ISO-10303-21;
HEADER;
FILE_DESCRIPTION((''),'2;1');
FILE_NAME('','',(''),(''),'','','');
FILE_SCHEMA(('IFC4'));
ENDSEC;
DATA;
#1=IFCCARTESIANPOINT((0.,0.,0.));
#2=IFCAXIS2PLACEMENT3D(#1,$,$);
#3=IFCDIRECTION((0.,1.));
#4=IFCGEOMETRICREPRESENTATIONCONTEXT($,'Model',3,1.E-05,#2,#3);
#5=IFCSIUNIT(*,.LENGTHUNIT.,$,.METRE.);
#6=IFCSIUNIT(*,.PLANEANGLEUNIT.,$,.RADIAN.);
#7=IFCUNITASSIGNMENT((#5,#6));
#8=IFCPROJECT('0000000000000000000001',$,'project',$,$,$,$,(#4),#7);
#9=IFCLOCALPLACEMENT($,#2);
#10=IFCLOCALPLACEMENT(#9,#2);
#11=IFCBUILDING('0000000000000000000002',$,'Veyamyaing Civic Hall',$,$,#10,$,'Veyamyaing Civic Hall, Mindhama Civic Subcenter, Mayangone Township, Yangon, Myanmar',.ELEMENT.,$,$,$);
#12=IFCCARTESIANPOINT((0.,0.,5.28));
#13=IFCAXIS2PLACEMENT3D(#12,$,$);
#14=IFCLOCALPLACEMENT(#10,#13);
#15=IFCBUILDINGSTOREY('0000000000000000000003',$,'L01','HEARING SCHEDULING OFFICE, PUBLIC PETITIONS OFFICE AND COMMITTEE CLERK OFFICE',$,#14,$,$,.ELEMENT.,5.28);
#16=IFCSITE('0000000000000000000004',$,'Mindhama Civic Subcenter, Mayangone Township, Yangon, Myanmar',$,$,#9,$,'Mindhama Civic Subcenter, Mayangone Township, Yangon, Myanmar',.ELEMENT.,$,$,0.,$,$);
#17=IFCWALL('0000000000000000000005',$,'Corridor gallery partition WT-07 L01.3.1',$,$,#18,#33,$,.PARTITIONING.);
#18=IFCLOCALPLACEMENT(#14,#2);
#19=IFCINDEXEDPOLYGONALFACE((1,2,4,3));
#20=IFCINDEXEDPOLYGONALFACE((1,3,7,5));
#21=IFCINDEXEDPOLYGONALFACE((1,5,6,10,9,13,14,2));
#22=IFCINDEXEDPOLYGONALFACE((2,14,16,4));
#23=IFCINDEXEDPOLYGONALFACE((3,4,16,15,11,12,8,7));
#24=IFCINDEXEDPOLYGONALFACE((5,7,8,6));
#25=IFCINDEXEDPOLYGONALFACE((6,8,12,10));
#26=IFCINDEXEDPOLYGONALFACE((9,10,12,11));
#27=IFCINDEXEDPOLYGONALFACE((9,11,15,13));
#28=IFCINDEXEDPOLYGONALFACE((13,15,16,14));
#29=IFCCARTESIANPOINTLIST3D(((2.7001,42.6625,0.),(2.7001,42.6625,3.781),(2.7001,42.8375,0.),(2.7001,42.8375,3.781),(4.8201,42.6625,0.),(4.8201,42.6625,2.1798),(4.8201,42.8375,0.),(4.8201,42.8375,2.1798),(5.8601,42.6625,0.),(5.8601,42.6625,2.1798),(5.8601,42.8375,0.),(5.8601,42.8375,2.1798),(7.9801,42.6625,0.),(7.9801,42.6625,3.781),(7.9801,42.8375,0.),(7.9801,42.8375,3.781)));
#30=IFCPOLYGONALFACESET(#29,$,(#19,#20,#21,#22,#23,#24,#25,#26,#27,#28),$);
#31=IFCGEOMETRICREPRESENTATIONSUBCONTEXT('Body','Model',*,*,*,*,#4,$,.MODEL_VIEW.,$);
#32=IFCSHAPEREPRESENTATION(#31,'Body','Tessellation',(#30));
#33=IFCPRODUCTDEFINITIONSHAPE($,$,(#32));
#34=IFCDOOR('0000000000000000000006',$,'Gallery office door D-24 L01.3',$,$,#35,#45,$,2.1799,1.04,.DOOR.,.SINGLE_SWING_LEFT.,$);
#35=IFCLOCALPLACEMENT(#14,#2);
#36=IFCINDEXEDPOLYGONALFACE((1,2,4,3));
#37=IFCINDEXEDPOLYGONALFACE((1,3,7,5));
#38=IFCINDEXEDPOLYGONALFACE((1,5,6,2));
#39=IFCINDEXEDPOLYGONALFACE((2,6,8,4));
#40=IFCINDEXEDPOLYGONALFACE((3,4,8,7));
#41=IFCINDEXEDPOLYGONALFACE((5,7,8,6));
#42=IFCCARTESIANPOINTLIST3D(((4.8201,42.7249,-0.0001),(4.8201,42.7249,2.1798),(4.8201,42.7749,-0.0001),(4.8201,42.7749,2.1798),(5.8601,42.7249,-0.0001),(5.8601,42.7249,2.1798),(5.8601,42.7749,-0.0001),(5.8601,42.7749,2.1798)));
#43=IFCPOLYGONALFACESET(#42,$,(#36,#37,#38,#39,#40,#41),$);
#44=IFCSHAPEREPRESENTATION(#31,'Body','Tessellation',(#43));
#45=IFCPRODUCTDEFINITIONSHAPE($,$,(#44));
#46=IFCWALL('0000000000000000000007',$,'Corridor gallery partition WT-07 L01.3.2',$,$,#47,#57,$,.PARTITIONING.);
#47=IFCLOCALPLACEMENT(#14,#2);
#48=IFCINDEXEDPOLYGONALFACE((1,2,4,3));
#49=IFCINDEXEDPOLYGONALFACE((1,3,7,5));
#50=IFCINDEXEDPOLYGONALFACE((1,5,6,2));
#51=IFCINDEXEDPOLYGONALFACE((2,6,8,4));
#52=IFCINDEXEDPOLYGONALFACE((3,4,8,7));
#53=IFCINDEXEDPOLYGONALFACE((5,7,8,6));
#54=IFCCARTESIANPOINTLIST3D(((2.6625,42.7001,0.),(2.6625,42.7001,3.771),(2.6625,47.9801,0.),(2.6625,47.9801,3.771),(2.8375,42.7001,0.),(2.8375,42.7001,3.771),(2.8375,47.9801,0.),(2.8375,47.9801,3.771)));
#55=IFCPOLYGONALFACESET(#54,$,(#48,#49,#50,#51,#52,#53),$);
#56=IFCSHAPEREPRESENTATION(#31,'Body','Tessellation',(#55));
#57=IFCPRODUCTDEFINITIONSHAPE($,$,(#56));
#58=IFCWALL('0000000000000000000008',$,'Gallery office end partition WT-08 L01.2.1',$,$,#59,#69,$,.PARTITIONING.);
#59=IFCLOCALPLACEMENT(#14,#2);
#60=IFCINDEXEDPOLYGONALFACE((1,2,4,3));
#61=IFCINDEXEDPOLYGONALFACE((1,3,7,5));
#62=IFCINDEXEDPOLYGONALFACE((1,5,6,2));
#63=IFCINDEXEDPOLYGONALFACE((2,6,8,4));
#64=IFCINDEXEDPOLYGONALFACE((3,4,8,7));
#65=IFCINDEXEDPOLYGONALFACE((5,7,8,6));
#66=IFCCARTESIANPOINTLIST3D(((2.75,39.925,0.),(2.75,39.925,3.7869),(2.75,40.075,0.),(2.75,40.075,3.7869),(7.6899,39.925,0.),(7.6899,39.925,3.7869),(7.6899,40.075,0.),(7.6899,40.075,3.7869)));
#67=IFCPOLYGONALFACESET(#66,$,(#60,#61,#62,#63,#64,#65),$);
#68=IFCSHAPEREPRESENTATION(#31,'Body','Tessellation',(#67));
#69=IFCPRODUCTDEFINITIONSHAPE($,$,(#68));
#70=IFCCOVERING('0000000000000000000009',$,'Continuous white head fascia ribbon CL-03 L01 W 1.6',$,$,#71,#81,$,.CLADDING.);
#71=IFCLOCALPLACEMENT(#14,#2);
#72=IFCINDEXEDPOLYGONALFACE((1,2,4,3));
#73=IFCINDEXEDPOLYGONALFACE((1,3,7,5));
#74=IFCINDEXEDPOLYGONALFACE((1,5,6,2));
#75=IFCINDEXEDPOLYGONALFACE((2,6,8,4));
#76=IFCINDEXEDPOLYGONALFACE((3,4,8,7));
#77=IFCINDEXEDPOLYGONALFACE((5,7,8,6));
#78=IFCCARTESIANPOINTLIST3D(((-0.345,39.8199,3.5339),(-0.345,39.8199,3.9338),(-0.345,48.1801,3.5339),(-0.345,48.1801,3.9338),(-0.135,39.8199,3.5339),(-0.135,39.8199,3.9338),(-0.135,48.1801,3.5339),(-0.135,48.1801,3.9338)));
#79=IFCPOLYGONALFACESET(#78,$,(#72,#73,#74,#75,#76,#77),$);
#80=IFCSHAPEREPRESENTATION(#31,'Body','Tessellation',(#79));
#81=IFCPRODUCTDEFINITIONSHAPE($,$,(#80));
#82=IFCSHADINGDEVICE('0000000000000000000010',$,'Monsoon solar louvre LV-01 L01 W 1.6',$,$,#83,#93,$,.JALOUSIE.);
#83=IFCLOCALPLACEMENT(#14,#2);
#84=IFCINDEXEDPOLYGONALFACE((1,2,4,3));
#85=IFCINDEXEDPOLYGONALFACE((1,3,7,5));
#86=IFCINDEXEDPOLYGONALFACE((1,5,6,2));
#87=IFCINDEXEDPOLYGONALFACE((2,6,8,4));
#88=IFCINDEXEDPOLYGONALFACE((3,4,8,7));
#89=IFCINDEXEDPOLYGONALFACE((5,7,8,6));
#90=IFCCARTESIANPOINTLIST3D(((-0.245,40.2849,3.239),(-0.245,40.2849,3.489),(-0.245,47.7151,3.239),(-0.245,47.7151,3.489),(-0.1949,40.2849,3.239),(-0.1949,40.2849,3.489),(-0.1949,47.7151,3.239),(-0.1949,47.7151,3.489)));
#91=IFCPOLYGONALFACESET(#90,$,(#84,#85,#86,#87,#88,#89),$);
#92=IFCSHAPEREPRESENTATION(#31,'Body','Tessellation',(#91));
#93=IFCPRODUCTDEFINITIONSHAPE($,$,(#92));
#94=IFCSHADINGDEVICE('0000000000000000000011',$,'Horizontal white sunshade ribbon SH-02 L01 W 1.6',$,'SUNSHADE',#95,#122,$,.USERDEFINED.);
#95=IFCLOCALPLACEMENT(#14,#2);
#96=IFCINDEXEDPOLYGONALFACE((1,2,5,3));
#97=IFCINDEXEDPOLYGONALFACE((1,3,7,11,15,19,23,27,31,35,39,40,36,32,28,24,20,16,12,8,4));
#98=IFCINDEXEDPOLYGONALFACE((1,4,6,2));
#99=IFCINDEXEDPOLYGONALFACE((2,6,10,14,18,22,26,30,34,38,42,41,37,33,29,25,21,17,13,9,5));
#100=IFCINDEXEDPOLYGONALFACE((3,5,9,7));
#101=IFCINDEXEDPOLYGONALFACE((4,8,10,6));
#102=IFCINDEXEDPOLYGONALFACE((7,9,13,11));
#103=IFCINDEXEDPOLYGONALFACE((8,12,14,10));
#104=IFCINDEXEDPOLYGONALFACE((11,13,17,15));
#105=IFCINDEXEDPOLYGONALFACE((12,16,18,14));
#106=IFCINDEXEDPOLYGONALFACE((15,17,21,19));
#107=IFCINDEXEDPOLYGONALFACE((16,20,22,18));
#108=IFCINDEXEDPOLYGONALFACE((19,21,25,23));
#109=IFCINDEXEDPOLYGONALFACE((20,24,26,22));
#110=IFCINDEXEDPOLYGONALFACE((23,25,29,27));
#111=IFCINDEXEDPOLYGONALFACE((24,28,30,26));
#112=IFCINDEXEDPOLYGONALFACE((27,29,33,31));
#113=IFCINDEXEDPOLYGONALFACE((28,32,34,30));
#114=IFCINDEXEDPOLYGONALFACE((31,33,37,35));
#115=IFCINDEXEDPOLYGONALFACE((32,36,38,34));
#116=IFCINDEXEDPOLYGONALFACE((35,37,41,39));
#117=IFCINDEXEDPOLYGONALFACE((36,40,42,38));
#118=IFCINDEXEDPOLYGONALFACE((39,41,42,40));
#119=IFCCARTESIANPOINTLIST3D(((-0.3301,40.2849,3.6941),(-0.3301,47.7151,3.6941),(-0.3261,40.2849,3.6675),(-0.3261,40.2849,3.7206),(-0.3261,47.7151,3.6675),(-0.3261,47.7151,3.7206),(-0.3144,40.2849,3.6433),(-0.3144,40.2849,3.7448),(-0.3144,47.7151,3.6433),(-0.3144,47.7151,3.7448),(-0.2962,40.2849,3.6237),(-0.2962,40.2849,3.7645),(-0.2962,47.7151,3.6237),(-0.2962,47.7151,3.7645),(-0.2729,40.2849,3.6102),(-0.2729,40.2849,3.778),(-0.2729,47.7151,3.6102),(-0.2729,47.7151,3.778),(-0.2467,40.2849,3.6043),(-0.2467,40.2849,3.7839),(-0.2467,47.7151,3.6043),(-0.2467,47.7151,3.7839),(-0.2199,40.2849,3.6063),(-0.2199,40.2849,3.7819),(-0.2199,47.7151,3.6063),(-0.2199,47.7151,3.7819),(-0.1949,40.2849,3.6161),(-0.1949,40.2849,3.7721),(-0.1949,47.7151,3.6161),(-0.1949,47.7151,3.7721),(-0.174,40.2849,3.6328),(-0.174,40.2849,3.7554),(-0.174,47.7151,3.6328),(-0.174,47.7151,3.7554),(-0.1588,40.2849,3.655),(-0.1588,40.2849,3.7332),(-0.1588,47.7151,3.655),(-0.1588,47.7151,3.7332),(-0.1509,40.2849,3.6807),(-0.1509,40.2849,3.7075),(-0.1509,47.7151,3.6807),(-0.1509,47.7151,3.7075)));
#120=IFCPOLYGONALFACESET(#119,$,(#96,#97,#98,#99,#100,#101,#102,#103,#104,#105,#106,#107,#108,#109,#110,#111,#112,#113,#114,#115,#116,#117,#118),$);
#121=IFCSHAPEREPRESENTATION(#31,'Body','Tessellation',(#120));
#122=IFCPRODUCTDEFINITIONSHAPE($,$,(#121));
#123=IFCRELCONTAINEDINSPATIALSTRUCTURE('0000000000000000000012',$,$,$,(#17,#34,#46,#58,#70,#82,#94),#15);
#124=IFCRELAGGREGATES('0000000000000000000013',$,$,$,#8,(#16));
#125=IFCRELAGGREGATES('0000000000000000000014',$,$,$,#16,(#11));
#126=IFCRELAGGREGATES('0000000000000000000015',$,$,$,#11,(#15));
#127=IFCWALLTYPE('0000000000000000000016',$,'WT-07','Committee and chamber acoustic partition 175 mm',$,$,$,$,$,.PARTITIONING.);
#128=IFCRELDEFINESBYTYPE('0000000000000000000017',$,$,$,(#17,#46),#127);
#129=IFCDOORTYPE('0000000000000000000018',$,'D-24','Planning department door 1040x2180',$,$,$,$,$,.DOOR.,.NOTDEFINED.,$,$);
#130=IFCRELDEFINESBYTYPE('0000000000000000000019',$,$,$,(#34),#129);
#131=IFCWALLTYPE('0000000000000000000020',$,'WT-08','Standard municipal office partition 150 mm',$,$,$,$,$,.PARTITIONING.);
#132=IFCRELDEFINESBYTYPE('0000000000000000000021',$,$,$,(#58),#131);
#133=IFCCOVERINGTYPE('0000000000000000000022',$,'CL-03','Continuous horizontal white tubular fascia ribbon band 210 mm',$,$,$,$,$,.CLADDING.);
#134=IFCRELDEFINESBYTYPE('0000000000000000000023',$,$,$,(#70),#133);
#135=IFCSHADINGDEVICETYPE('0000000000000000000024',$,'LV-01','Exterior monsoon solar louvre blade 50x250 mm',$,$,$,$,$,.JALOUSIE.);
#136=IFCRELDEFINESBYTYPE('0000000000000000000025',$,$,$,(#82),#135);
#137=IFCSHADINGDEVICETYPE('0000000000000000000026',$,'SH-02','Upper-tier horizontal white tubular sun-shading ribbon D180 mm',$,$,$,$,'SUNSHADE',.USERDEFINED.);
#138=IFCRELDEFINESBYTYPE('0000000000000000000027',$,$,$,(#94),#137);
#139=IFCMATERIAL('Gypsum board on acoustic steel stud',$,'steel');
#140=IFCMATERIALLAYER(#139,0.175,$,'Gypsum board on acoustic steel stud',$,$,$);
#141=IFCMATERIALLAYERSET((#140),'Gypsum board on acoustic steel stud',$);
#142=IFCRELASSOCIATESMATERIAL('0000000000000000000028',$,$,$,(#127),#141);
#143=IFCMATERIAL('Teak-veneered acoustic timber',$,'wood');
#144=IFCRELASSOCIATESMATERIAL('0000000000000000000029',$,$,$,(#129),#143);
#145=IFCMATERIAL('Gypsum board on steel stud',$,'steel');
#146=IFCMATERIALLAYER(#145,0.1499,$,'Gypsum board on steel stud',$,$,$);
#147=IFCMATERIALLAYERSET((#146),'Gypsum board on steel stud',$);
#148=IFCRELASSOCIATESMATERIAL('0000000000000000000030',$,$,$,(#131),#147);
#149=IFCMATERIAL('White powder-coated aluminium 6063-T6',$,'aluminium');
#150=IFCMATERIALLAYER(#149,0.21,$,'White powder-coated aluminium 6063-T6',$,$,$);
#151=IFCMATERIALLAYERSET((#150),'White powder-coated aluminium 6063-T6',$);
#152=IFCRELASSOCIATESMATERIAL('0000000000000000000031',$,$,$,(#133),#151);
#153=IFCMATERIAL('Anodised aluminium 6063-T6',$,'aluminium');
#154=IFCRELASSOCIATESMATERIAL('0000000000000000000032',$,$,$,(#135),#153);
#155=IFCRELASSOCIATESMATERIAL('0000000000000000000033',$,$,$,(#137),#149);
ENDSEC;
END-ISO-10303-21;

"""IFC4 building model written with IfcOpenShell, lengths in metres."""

from ifc_helpers import new_model, si_unit, direction, frame, frame_2d, origin, origin_2d, place, context, subcontext, project, spatial, rectangle, circle, extrude, material, layer, layer_set, material_profile, profile_set, type_object, element, fill, save


model = new_model("IFC4")

# Units and contexts
model_context = context("Model", 3, precision=1e-05, world=origin(), true_north=direction((0.0, 1.0)))
body_context = subcontext(model_context, "Body", "Model", "MODEL_VIEW")
ifc_project = project(units=[si_unit("LENGTHUNIT", "METRE"), si_unit("PLANEANGLEUNIT", "RADIAN")], contexts=[model_context])

# Site, building, storey
site_placement = place(None, origin())
site = spatial("IfcSite", under=ifc_project, at=site_placement, Name="Mindhama Civic Subcenter, Mayangone Township, Yangon, Myanmar", LongName="Mindhama Civic Subcenter, Mayangone Township, Yangon, Myanmar", CompositionType="ELEMENT", RefElevation=0.0)
building_placement = place(site_placement, origin())
building = spatial("IfcBuilding", under=site, at=building_placement, Name="Veyamyaing Civic Hall", LongName="Veyamyaing Civic Hall, Mindhama Civic Subcenter, Mayangone Township, Yangon, Myanmar", CompositionType="ELEMENT")
storey_placement = place(building_placement, frame((0.0, 0.0, 5.28)))
storey = spatial("IfcBuildingStorey", under=building, at=storey_placement, Name="L01", Description="HEARING SCHEDULING OFFICE, PUBLIC PETITIONS OFFICE AND COMMITTEE CLERK OFFICE", CompositionType="ELEMENT", Elevation=5.28)

# Shared definitions
ifc_material_1 = material(Name="Anodised aluminium 6063-T6", Category="aluminium")

# Wall, opening, door
ifc_material_2 = material(Name="Gypsum board on acoustic steel stud", Category="steel")
ifc_layer_1 = layer(ifc_material_2, 0.175, Name="Gypsum board on acoustic steel stud")
ifc_layer_set_1 = layer_set([ifc_layer_1], Name="Gypsum board on acoustic steel stud")
wall_type_1 = type_object("IfcWallType", Name="WT-07", Description="Committee and chamber acoustic partition 175 mm", PredefinedType="PARTITIONING", material=ifc_layer_set_1)
wall_1_placement = place(storey_placement, frame((2.7, 42.75, 0.0), z_axis=(0.0, 0.0, 1.0), x_axis=(1.0, 0.0, 0.0)))
wall_1 = element("IfcWall", 1, at=wall_1_placement, inside=storey, type_object=wall_type_1, Name="Corridor gallery partition WT-07 L01.3.1", PredefinedType="PARTITIONING", context=body_context, shape_type="SweptSolid", body=[
    extrude(rectangle(XDim=5.28, YDim=0.175, at=frame_2d((2.6401, 0.0))), origin(), (0.0, 0.0, 1.0), 3.781),
])
opening_1_placement = place(wall_1_placement, frame((2.1201, 0.0, 0.0)))
opening_1 = element("IfcOpeningElement", 2, at=opening_1_placement, cuts=wall_1, PredefinedType="OPENING", context=body_context, shape_type="SweptSolid", body=[
    extrude(rectangle(XDim=1.04, YDim=2.1799, at=frame_2d((0.52, 1.0898))), frame((0.0, 0.0974, 0.0), z_axis=(0.0, -1.0, 0.0), x_axis=(1.0, 0.0, 0.0)), (0.0, 0.0, 1.0), 0.1951),
])
ifc_material_3 = material(Name="Teak-veneered acoustic timber", Category="wood")
door_type = type_object("IfcDoorType", Name="D-24", Description="Planning department door 1040x2180", OperationType="NOTDEFINED", PredefinedType="DOOR", material=ifc_material_3)
door_placement = place(opening_1_placement, origin())
door = element("IfcDoor", 3, at=door_placement, inside=storey, type_object=door_type, Name="Gallery office door D-24 L01.3", OperationType="SINGLE_SWING_LEFT", OverallHeight=2.1799, OverallWidth=1.04, PredefinedType="DOOR", context=body_context, shape_type="SweptSolid", body=[
    extrude(rectangle(XDim=1.04, YDim=2.1799, at=frame_2d((0.52, 1.0898))), frame((0.0, 0.0249, 0.0), z_axis=(0.0, -1.0, 0.0), x_axis=(1.0, 0.0, 0.0)), (0.0, 0.0, 1.0), 0.05),
])
fill(opening_1, door)

# Walls
wall_2_placement = place(storey_placement, frame((2.75, 42.7, 0.0), z_axis=(0.0, 0.0, 1.0), x_axis=(0.0, 1.0, 0.0)))
element("IfcWall", 4, at=wall_2_placement, inside=storey, type_object=wall_type_1, Name="Corridor gallery partition WT-07 L01.3.2", PredefinedType="PARTITIONING", context=body_context, shape_type="SweptSolid", body=[
    extrude(rectangle(XDim=5.28, YDim=0.175, at=frame_2d((2.6401, 0.0))), origin(), (0.0, 0.0, 1.0), 3.771),
])
ifc_material_4 = material(Name="Gypsum board on steel stud", Category="steel")
ifc_layer_2 = layer(ifc_material_4, 0.1499, Name="Gypsum board on steel stud")
ifc_layer_set_2 = layer_set([ifc_layer_2], Name="Gypsum board on steel stud")
wall_type_2 = type_object("IfcWallType", Name="WT-08", Description="Standard municipal office partition 150 mm", PredefinedType="PARTITIONING", material=ifc_layer_set_2)
wall_3_placement = place(storey_placement, frame((2.75, 40.0, 0.0), z_axis=(0.0, 0.0, 1.0), x_axis=(1.0, 0.0, 0.0)))
element("IfcWall", 5, at=wall_3_placement, inside=storey, type_object=wall_type_2, Name="Gallery office end partition WT-08 L01.2.1", PredefinedType="PARTITIONING", context=body_context, shape_type="SweptSolid", body=[
    extrude(rectangle(XDim=4.9399, YDim=0.1499, at=frame_2d((2.47, 0.0))), origin(), (0.0, 0.0, 1.0), 3.7869),
])

# Covering
ifc_material_5 = material(Name="White powder-coated aluminium 6063-T6", Category="aluminium")
ifc_layer_3 = layer(ifc_material_5, 0.21, Name="White powder-coated aluminium 6063-T6")
ifc_layer_set_3 = layer_set([ifc_layer_3], Name="White powder-coated aluminium 6063-T6")
covering_type = type_object("IfcCoveringType", Name="CL-03", Description="Continuous horizontal white tubular fascia ribbon band 210 mm", PredefinedType="CLADDING", material=ifc_layer_set_3)
covering_placement = place(storey_placement, frame((-0.24, 44.0, 3.5339), z_axis=(0.0, 0.0, 1.0), x_axis=(0.0, 1.0, 0.0)))
element("IfcCovering", 6, at=covering_placement, inside=storey, type_object=covering_type, Name="Continuous white head fascia ribbon CL-03 L01 W 1.6", PredefinedType="CLADDING", context=body_context, shape_type="SweptSolid", body=[
    extrude(rectangle(XDim=8.3601, YDim=0.21, at=origin_2d()), origin(), (0.0, 0.0, 1.0), 0.3999),
])

# Shading devices
ifc_material_profile_1 = material_profile(ifc_material_1, rectangle(XDim=0.05, YDim=0.25, at=origin_2d()), Name="LOUVRE-BLADE-50X250")
ifc_profile_set_1 = profile_set([ifc_material_profile_1], Name="Anodised aluminium 6063-T6")
shading_device_type_1 = type_object("IfcShadingDeviceType", Name="LV-01", Description="Exterior monsoon solar louvre blade 50x250 mm", PredefinedType="JALOUSIE", material=ifc_profile_set_1)
shading_device_1_placement = place(storey_placement, frame((-0.22, 40.2849, 3.364), z_axis=(0.0, 1.0, 0.0), x_axis=(-1.0, 0.0, 0.0)))
element("IfcShadingDevice", 7, at=shading_device_1_placement, inside=storey, type_object=shading_device_type_1, Name="Monsoon solar louvre LV-01 L01 W 1.6", PredefinedType="JALOUSIE", context=body_context, shape_type="SweptSolid", body=[
    extrude(rectangle(XDim=0.05, YDim=0.25, at=origin_2d()), origin(), (0.0, 0.0, 1.0), 7.4302),
])
ifc_material_profile_2 = material_profile(ifc_material_5, circle(Radius=0.0901, at=origin_2d()), Name="SHADE-TUBE-180")
ifc_profile_set_2 = profile_set([ifc_material_profile_2], Name="White powder-coated aluminium 6063-T6")
shading_device_type_2 = type_object("IfcShadingDeviceType", Name="SH-02", Description="Upper-tier horizontal white tubular sun-shading ribbon D180 mm", ElementType="SUNSHADE", PredefinedType="USERDEFINED", material=ifc_profile_set_2)
shading_device_2_placement = place(storey_placement, frame((-0.24, 40.2849, 3.6941), z_axis=(0.0, 1.0, 0.0), x_axis=(-1.0, 0.0, 0.0)))
element("IfcShadingDevice", 8, at=shading_device_2_placement, inside=storey, type_object=shading_device_type_2, Name="Horizontal white sunshade ribbon SH-02 L01 W 1.6", ObjectType="SUNSHADE", PredefinedType="USERDEFINED", context=body_context, shape_type="SweptSolid", body=[
    extrude(circle(Radius=0.0901, at=origin_2d()), origin(), (0.0, 0.0, 1.0), 7.4302),
])

save(model, "model.ifc")
